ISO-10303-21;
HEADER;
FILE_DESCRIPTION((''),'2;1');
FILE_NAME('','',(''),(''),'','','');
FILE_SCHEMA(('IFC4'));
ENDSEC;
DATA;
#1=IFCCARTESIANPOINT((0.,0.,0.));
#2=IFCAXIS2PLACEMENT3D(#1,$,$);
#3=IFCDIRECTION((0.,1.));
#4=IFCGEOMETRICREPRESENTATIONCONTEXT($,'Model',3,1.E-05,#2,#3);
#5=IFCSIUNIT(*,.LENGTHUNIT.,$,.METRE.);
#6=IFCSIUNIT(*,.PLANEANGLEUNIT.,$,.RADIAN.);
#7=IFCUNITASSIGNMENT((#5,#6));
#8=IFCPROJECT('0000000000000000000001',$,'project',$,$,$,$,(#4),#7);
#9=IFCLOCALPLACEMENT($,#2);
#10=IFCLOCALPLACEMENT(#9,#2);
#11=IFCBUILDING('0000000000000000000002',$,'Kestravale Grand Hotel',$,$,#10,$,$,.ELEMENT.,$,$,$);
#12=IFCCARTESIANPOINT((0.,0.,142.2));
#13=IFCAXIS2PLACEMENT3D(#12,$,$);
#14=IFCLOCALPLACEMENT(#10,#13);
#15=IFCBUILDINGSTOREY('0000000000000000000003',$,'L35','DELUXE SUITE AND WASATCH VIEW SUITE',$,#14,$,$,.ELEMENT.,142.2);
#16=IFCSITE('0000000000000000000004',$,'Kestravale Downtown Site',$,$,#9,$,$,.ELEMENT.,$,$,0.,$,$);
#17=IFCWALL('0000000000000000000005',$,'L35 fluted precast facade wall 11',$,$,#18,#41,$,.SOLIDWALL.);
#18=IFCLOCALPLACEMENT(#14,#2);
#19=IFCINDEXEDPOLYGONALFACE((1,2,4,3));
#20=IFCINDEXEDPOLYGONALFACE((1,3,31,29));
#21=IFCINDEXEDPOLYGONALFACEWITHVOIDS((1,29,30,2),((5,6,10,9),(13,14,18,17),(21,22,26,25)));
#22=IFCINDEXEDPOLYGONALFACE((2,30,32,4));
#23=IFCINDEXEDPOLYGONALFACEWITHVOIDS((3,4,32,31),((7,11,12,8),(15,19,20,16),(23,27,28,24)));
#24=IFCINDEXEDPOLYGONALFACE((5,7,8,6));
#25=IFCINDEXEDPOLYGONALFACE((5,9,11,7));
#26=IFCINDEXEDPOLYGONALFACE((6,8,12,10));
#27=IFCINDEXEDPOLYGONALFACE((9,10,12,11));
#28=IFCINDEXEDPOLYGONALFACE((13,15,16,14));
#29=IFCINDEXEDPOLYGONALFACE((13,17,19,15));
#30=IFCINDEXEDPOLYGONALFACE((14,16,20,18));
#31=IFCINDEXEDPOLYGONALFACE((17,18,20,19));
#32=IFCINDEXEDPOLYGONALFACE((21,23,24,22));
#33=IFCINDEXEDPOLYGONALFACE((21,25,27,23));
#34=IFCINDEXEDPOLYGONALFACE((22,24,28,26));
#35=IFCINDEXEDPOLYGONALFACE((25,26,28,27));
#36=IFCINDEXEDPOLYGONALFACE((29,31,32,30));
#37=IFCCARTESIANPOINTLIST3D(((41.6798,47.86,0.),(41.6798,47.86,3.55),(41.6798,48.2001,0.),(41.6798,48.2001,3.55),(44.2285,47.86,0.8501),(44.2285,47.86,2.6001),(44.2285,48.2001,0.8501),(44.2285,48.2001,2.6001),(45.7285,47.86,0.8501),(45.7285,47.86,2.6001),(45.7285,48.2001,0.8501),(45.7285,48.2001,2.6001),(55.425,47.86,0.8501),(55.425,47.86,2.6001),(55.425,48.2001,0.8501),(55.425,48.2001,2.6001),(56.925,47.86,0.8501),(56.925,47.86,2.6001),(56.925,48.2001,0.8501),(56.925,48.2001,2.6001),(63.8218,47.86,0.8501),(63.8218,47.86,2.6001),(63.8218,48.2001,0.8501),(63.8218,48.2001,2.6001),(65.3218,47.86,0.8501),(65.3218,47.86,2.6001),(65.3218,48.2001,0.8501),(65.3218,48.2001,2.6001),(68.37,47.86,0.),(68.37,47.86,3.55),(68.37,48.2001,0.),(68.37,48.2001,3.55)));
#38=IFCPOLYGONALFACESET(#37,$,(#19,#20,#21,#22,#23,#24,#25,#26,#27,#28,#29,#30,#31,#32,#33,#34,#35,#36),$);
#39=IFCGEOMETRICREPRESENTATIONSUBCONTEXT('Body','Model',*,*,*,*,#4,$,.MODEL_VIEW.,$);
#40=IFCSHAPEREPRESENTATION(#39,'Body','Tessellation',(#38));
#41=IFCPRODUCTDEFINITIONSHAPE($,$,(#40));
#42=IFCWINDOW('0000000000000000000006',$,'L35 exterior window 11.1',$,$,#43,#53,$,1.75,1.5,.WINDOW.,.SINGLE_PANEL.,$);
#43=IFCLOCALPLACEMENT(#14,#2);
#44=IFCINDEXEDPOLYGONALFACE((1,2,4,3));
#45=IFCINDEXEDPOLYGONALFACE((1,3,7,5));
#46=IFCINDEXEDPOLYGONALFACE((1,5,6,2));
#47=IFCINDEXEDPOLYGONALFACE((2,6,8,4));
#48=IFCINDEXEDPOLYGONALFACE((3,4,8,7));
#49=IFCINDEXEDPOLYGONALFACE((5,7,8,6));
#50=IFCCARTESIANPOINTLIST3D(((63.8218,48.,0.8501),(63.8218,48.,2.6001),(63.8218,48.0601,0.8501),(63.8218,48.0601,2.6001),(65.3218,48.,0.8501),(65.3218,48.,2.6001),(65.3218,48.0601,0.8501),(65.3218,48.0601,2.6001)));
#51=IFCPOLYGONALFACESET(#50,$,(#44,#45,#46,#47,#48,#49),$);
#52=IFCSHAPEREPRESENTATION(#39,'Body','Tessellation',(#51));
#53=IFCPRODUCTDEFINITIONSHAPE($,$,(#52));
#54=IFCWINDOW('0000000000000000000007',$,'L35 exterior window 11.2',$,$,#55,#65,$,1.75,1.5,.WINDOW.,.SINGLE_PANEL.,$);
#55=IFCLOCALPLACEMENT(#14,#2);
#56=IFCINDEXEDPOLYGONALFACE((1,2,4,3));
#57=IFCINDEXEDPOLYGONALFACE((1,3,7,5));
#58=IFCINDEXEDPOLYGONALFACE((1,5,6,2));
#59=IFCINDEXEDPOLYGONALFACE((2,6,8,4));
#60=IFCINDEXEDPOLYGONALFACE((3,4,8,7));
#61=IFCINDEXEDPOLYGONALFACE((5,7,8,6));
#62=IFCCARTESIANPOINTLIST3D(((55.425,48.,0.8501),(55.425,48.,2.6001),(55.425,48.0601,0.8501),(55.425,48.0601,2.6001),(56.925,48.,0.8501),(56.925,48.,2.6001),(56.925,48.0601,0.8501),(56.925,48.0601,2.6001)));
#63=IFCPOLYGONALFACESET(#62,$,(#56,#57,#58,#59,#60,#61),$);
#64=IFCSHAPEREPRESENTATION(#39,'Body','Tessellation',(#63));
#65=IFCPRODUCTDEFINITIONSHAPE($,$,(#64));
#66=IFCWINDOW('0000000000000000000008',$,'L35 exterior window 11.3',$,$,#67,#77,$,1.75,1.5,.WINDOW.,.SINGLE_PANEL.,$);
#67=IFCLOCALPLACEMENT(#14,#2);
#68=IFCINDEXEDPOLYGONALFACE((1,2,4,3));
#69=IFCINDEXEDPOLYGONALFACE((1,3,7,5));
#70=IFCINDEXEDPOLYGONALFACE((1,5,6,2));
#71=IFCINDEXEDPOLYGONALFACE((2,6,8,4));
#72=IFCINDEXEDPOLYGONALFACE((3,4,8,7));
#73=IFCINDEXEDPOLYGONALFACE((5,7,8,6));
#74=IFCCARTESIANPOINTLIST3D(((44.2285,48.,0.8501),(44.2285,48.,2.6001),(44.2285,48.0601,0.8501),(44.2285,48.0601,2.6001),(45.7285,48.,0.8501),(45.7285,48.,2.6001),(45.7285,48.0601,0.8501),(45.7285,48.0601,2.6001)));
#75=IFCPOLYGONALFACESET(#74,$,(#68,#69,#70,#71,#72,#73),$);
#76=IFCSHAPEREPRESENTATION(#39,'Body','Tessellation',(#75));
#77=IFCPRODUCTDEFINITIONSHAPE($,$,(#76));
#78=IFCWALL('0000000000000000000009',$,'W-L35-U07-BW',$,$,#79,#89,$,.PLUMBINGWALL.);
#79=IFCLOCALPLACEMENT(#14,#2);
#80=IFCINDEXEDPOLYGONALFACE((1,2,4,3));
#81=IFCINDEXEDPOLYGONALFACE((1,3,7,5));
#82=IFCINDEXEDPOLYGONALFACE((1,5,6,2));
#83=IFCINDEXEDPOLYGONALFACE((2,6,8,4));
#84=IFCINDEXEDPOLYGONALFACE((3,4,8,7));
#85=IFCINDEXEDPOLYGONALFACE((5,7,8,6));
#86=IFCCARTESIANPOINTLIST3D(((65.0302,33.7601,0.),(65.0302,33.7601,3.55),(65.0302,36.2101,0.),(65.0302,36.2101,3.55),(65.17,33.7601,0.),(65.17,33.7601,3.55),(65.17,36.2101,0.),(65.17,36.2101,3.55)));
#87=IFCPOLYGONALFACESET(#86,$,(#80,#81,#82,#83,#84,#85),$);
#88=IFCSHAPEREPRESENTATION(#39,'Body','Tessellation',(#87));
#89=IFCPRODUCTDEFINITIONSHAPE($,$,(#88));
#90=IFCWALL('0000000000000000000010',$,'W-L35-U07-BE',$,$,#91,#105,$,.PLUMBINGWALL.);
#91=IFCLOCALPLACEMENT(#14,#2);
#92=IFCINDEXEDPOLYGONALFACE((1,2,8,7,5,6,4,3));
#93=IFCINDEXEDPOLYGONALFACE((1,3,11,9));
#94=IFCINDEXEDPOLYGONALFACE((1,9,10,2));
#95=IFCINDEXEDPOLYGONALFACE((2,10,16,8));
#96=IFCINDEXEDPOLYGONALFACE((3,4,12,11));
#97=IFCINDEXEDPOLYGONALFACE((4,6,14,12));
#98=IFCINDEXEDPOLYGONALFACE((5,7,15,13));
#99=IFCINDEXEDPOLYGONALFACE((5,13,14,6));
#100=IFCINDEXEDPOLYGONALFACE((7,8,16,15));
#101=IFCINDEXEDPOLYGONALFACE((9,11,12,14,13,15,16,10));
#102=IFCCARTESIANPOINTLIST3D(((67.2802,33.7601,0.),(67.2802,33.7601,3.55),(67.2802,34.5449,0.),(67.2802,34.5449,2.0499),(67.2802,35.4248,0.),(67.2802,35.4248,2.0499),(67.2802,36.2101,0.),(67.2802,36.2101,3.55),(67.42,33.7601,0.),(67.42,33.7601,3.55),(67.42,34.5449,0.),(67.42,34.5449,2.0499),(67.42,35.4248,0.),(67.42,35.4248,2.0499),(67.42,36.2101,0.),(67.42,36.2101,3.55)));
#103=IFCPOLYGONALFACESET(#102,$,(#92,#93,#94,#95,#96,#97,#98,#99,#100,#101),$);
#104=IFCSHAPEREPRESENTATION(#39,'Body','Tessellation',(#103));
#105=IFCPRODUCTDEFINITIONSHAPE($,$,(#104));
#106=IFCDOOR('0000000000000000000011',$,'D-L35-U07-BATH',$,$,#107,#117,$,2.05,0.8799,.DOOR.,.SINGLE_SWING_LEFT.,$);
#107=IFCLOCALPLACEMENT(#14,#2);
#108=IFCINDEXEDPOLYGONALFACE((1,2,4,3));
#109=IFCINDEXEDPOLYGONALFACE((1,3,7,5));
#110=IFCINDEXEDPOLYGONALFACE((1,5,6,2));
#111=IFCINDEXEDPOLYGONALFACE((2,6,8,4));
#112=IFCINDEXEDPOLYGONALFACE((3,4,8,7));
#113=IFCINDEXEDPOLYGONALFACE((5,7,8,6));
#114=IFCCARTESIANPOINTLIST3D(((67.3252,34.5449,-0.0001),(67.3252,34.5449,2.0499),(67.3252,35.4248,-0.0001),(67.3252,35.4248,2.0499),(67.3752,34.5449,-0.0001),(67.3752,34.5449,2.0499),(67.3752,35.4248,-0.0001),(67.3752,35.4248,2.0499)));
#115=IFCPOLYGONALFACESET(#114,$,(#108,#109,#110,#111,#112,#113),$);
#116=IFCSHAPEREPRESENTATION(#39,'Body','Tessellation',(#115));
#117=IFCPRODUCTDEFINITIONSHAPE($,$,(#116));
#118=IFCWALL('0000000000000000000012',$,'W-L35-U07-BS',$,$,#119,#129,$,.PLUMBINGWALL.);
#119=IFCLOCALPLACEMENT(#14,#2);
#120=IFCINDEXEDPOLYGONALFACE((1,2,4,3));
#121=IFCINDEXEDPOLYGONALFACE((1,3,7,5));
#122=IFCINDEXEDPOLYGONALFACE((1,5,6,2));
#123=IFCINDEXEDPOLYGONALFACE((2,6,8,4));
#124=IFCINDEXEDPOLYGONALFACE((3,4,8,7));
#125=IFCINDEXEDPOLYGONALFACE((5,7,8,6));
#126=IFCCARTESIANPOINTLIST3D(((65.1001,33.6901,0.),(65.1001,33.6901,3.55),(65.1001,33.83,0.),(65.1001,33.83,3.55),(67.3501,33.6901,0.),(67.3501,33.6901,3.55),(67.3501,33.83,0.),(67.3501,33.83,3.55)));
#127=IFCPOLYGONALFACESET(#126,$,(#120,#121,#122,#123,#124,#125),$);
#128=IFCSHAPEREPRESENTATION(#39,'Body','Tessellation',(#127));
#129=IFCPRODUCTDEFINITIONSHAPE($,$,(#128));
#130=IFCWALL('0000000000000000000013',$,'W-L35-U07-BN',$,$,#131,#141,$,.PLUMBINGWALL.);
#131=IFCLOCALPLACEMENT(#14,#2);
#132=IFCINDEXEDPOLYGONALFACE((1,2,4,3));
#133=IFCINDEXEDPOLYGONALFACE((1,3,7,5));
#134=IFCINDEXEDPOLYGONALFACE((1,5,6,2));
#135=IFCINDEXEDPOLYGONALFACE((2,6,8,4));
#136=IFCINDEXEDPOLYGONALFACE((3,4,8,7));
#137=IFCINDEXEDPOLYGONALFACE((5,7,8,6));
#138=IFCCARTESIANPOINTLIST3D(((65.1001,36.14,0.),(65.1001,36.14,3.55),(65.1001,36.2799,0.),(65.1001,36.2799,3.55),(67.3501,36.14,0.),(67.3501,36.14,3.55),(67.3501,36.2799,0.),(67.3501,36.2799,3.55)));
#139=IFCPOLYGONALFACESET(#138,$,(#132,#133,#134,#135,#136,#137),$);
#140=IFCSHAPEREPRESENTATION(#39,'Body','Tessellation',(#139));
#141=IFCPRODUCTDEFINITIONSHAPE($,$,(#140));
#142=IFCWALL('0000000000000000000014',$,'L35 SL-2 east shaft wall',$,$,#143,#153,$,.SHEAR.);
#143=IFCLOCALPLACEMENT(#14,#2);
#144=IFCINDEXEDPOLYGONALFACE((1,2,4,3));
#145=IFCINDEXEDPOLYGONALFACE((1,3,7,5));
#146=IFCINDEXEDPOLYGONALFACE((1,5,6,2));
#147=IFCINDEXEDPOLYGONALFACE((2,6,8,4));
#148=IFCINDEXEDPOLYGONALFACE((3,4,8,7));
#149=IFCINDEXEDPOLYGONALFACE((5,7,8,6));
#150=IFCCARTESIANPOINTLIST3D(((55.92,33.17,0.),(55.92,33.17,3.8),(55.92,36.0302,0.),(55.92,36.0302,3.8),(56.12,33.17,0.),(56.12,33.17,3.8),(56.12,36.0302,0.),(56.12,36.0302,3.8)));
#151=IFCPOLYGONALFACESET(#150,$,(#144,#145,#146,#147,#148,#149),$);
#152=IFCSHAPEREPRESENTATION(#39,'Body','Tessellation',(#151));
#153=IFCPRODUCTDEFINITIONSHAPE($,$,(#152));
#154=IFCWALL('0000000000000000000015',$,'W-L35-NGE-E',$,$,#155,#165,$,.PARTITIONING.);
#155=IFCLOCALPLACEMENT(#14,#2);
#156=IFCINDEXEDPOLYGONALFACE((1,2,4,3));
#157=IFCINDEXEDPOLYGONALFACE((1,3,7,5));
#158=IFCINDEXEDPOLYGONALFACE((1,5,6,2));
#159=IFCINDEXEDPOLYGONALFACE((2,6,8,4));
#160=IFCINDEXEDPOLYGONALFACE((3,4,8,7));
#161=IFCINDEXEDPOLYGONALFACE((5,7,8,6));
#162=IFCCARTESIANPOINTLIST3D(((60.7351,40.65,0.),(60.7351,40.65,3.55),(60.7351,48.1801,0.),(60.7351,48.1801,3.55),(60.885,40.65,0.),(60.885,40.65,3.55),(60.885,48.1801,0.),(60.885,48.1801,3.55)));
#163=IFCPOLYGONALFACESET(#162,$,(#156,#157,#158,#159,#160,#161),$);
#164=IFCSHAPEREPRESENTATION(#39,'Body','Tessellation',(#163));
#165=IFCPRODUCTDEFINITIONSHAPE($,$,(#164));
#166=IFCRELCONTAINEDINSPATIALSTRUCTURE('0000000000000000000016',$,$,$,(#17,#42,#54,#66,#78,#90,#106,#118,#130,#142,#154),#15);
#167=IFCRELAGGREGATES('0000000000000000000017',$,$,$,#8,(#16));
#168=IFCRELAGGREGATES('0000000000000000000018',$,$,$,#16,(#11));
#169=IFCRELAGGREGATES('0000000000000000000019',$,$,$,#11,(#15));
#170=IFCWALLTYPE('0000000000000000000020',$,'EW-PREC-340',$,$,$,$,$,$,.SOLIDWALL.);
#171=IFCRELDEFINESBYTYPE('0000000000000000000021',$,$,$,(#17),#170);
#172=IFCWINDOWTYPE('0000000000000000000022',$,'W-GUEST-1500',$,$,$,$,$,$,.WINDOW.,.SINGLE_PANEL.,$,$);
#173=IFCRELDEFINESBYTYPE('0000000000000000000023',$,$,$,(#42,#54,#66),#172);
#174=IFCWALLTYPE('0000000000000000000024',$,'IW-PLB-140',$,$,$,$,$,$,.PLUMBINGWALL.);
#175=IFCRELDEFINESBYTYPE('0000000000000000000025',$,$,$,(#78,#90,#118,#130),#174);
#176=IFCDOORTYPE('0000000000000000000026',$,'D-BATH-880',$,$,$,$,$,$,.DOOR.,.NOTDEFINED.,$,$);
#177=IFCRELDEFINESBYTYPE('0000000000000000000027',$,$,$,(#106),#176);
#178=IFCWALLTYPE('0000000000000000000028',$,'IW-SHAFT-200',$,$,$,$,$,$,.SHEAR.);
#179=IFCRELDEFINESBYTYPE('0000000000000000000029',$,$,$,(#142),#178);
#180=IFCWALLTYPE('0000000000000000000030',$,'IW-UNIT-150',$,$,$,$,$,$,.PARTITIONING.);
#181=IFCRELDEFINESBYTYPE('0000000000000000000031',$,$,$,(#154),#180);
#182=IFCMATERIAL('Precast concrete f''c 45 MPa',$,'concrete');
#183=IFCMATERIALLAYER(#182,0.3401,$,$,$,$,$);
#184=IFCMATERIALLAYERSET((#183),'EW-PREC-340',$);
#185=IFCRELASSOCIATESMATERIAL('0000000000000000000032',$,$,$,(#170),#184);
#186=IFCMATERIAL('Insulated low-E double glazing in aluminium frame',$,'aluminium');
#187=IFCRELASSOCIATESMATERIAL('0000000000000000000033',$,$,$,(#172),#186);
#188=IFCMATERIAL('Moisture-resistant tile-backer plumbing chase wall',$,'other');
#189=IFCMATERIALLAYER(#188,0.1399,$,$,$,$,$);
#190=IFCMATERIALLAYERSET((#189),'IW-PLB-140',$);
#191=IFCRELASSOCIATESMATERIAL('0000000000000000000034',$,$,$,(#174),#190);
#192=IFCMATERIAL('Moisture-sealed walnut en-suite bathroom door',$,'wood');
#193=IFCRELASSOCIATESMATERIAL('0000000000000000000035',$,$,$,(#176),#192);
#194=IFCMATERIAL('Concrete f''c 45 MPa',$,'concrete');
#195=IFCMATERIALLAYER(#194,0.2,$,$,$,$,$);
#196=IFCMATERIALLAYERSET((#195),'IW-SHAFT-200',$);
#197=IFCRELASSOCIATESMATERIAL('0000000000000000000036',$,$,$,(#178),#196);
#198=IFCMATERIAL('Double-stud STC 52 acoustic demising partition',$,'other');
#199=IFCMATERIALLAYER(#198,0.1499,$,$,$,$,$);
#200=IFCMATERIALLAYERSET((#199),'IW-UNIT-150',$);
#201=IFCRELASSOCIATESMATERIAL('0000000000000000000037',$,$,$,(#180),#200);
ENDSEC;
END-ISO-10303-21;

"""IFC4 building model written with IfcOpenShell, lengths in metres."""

from ifc_helpers import new_model, si_unit, direction, frame, frame_2d, origin, place, context, subcontext, project, spatial, rectangle, extrude, material, layer, layer_set, type_object, element, fill, save


model = new_model("IFC4")

# Units and contexts
model_context = context("Model", 3, precision=1e-05, world=origin(), true_north=direction((0.0, 1.0)))
body_context = subcontext(model_context, "Body", "Model", "MODEL_VIEW")
ifc_project = project(units=[si_unit("LENGTHUNIT", "METRE"), si_unit("PLANEANGLEUNIT", "RADIAN")], contexts=[model_context])

# Site, building, storey
site_placement = place(None, origin())
site = spatial("IfcSite", under=ifc_project, at=site_placement, Name="Kestravale Downtown Site", CompositionType="ELEMENT", RefElevation=0.0)
building_placement = place(site_placement, origin())
building = spatial("IfcBuilding", under=site, at=building_placement, Name="Kestravale Grand Hotel", CompositionType="ELEMENT")
storey_placement = place(building_placement, frame((0.0, 0.0, 142.2)))
storey = spatial("IfcBuildingStorey", under=building, at=storey_placement, Name="L35", Description="DELUXE SUITE AND WASATCH VIEW SUITE", CompositionType="ELEMENT", Elevation=142.2)

# Shared definitions
ifc_material_1 = material(Name="Precast concrete f'c 45 MPa", Category="concrete")
ifc_layer_1 = layer(ifc_material_1, 0.3401)
ifc_layer_set_1 = layer_set([ifc_layer_1], Name="EW-PREC-340")
wall_type_1 = type_object("IfcWallType", Name="EW-PREC-340", PredefinedType="SOLIDWALL", material=ifc_layer_set_1)
ifc_material_2 = material(Name="Insulated low-E double glazing in aluminium frame", Category="aluminium")
window_type = type_object("IfcWindowType", Name="W-GUEST-1500", PartitioningType="SINGLE_PANEL", PredefinedType="WINDOW", material=ifc_material_2)

# Wall, openings, windows
wall_1_placement = place(storey_placement, frame((68.3701, 48.03, 0.0), z_axis=(0.0, 0.0, 1.0), x_axis=(-1.0, 0.0, 0.0)))
wall_1 = element("IfcWall", 1, at=wall_1_placement, inside=storey, type_object=wall_type_1, Name="L35 fluted precast facade wall 11", PredefinedType="SOLIDWALL", context=body_context, shape_type="SweptSolid", body=[
    extrude(rectangle(XDim=26.6902, YDim=0.3401, at=frame_2d((13.3452, 0.0))), origin(), (0.0, 0.0, 1.0), 3.55),
])
opening_1_placement = place(wall_1_placement, frame((3.0483, 0.0, 0.8501)))
opening_1 = element("IfcOpeningElement", 2, at=opening_1_placement, cuts=wall_1, PredefinedType="OPENING", context=body_context, shape_type="SweptSolid", body=[
    extrude(rectangle(XDim=1.5, YDim=1.75, at=frame_2d((0.75, 0.875))), frame((0.0, 0.1799, 0.0), z_axis=(0.0, -1.0, 0.0), x_axis=(1.0, 0.0, 0.0)), (0.0, 0.0, 1.0), 0.3601),
])
opening_2_placement = place(wall_1_placement, frame((11.4451, 0.0, 0.8501)))
opening_2 = element("IfcOpeningElement", 3, at=opening_2_placement, cuts=wall_1, PredefinedType="OPENING", context=body_context, shape_type="SweptSolid", body=[
    extrude(rectangle(XDim=1.5, YDim=1.75, at=frame_2d((0.75, 0.875))), frame((0.0, 0.1799, 0.0), z_axis=(0.0, -1.0, 0.0), x_axis=(1.0, 0.0, 0.0)), (0.0, 0.0, 1.0), 0.3601),
])
opening_3_placement = place(wall_1_placement, frame((22.6416, 0.0, 0.8501)))
opening_3 = element("IfcOpeningElement", 4, at=opening_3_placement, cuts=wall_1, PredefinedType="OPENING", context=body_context, shape_type="SweptSolid", body=[
    extrude(rectangle(XDim=1.5, YDim=1.75, at=frame_2d((0.75, 0.875))), frame((0.0, 0.1799, 0.0), z_axis=(0.0, -1.0, 0.0), x_axis=(1.0, 0.0, 0.0)), (0.0, 0.0, 1.0), 0.3601),
])
window_1_placement = place(opening_1_placement, origin())
window_1 = element("IfcWindow", 5, at=window_1_placement, inside=storey, type_object=window_type, Name="L35 exterior window 11.1", OverallHeight=1.75, OverallWidth=1.5, PartitioningType="SINGLE_PANEL", PredefinedType="WINDOW", context=body_context, shape_type="SweptSolid", body=[
    extrude(rectangle(XDim=1.5, YDim=1.75, at=frame_2d((0.75, 0.875))), frame((0.0, 0.03, 0.0), z_axis=(0.0, -1.0, 0.0), x_axis=(1.0, 0.0, 0.0)), (0.0, 0.0, 1.0), 0.0601),
])
fill(opening_1, window_1)
window_2_placement = place(opening_2_placement, origin())
window_2 = element("IfcWindow", 6, at=window_2_placement, inside=storey, type_object=window_type, Name="L35 exterior window 11.2", OverallHeight=1.75, OverallWidth=1.5, PartitioningType="SINGLE_PANEL", PredefinedType="WINDOW", context=body_context, shape_type="SweptSolid", body=[
    extrude(rectangle(XDim=1.5, YDim=1.75, at=frame_2d((0.75, 0.875))), frame((0.0, 0.03, 0.0), z_axis=(0.0, -1.0, 0.0), x_axis=(1.0, 0.0, 0.0)), (0.0, 0.0, 1.0), 0.0601),
])
fill(opening_2, window_2)
window_3_placement = place(opening_3_placement, origin())
window_3 = element("IfcWindow", 7, at=window_3_placement, inside=storey, type_object=window_type, Name="L35 exterior window 11.3", OverallHeight=1.75, OverallWidth=1.5, PartitioningType="SINGLE_PANEL", PredefinedType="WINDOW", context=body_context, shape_type="SweptSolid", body=[
    extrude(rectangle(XDim=1.5, YDim=1.75, at=frame_2d((0.75, 0.875))), frame((0.0, 0.03, 0.0), z_axis=(0.0, -1.0, 0.0), x_axis=(1.0, 0.0, 0.0)), (0.0, 0.0, 1.0), 0.0601),
])
fill(opening_3, window_3)

# Wall
ifc_material_3 = material(Name="Moisture-resistant tile-backer plumbing chase wall", Category="other")
ifc_layer_2 = layer(ifc_material_3, 0.1399)
ifc_layer_set_2 = layer_set([ifc_layer_2], Name="IW-PLB-140")
wall_type_2 = type_object("IfcWallType", Name="IW-PLB-140", PredefinedType="PLUMBINGWALL", material=ifc_layer_set_2)
wall_2_placement = place(storey_placement, frame((65.1001, 33.76, 0.0), z_axis=(0.0, 0.0, 1.0), x_axis=(0.0, 1.0, 0.0)))
element("IfcWall", 8, at=wall_2_placement, inside=storey, type_object=wall_type_2, Name="W-L35-U07-BW", PredefinedType="PLUMBINGWALL", context=body_context, shape_type="SweptSolid", body=[
    extrude(rectangle(XDim=2.45, YDim=0.1399, at=frame_2d((1.2251, 0.0))), origin(), (0.0, 0.0, 1.0), 3.55),
])

# Wall, opening, door
wall_3_placement = place(storey_placement, frame((67.3501, 33.76, 0.0), z_axis=(0.0, 0.0, 1.0), x_axis=(0.0, 1.0, 0.0)))
wall_3 = element("IfcWall", 9, at=wall_3_placement, inside=storey, type_object=wall_type_2, Name="W-L35-U07-BE", PredefinedType="PLUMBINGWALL", context=body_context, shape_type="SweptSolid", body=[
    extrude(rectangle(XDim=2.45, YDim=0.1399, at=frame_2d((1.2251, 0.0))), origin(), (0.0, 0.0, 1.0), 3.55),
])
opening_4_placement = place(wall_3_placement, frame((0.7849, 0.0, 0.0)))
opening_4 = element("IfcOpeningElement", 10, at=opening_4_placement, cuts=wall_3, PredefinedType="OPENING", context=body_context, shape_type="SweptSolid", body=[
    extrude(rectangle(XDim=0.8799, YDim=2.05, at=frame_2d((0.4399, 1.0249))), frame((0.0, 0.0798, 0.0), z_axis=(0.0, -1.0, 0.0), x_axis=(1.0, 0.0, 0.0)), (0.0, 0.0, 1.0), 0.1599),
])
ifc_material_4 = material(Name="Moisture-sealed walnut en-suite bathroom door", Category="wood")
door_type_1 = type_object("IfcDoorType", Name="D-BATH-880", OperationType="NOTDEFINED", PredefinedType="DOOR", material=ifc_material_4)
door_1_placement = place(opening_4_placement, origin())
door_1 = element("IfcDoor", 11, at=door_1_placement, inside=storey, type_object=door_type_1, Name="D-L35-U07-BATH", OperationType="SINGLE_SWING_LEFT", OverallHeight=2.05, OverallWidth=0.8799, PredefinedType="DOOR", context=body_context, shape_type="SweptSolid", body=[
    extrude(rectangle(XDim=0.8799, YDim=2.05, at=frame_2d((0.4399, 1.0249))), frame((0.0, 0.0249, 0.0), z_axis=(0.0, -1.0, 0.0), x_axis=(1.0, 0.0, 0.0)), (0.0, 0.0, 1.0), 0.05),
])
fill(opening_4, door_1)

# Walls
for number, where, z_axis, x_axis, name in (
    (12, (65.1001, 33.76, 0.0), (0.0, 0.0, 1.0), (1.0, 0.0, 0.0), "W-L35-U07-BS"),
    (13, (65.1001, 36.21, 0.0), (0.0, 0.0, 1.0), (1.0, 0.0, 0.0), "W-L35-U07-BN"),
):
    element("IfcWall", number, at=place(storey_placement, frame(where, z_axis=z_axis, x_axis=x_axis)), inside=storey, type_object=wall_type_2, Name=name, PredefinedType="PLUMBINGWALL", context=body_context, shape_type="SweptSolid", body=[
        extrude(rectangle(XDim=2.25, YDim=0.1399, at=frame_2d((1.125, 0.0))), origin(), (0.0, 0.0, 1.0), 3.55),
    ])
ifc_material_5 = material(Name="Concrete f'c 45 MPa", Category="concrete")
ifc_layer_3 = layer(ifc_material_5, 0.2)
ifc_layer_set_3 = layer_set([ifc_layer_3], Name="IW-SHAFT-200")
wall_type_3 = type_object("IfcWallType", Name="IW-SHAFT-200", PredefinedType="SHEAR", material=ifc_layer_set_3)
wall_4_placement = place(storey_placement, frame((56.02, 33.1699, 0.0), z_axis=(0.0, 0.0, 1.0), x_axis=(0.0, 1.0, 0.0)))
element("IfcWall", 14, at=wall_4_placement, inside=storey, type_object=wall_type_3, Name="L35 SL-2 east shaft wall", PredefinedType="SHEAR", context=body_context, shape_type="SweptSolid", body=[
    extrude(rectangle(XDim=2.8601, YDim=0.2, at=frame_2d((1.4302, 0.0))), origin(), (0.0, 0.0, 1.0), 3.8),
])

# Shared definitions
ifc_material_6 = material(Name="Double-stud STC 52 acoustic demising partition", Category="other")
ifc_layer_4 = layer(ifc_material_6, 0.1499)
ifc_layer_set_4 = layer_set([ifc_layer_4], Name="IW-UNIT-150")
wall_type_4 = type_object("IfcWallType", Name="IW-UNIT-150", PredefinedType="PARTITIONING", material=ifc_layer_set_4)

# Wall
wall_5_placement = place(storey_placement, frame((60.8101, 40.6499, 0.0), z_axis=(0.0, 0.0, 1.0), x_axis=(0.0, 1.0, 0.0)))
element("IfcWall", 15, at=wall_5_placement, inside=storey, type_object=wall_type_4, Name="W-L35-NGE-E", PredefinedType="PARTITIONING", context=body_context, shape_type="SweptSolid", body=[
    extrude(rectangle(XDim=7.53, YDim=0.1499, at=frame_2d((3.7651, 0.0))), origin(), (0.0, 0.0, 1.0), 3.55),
])

save(model, "model.ifc")
